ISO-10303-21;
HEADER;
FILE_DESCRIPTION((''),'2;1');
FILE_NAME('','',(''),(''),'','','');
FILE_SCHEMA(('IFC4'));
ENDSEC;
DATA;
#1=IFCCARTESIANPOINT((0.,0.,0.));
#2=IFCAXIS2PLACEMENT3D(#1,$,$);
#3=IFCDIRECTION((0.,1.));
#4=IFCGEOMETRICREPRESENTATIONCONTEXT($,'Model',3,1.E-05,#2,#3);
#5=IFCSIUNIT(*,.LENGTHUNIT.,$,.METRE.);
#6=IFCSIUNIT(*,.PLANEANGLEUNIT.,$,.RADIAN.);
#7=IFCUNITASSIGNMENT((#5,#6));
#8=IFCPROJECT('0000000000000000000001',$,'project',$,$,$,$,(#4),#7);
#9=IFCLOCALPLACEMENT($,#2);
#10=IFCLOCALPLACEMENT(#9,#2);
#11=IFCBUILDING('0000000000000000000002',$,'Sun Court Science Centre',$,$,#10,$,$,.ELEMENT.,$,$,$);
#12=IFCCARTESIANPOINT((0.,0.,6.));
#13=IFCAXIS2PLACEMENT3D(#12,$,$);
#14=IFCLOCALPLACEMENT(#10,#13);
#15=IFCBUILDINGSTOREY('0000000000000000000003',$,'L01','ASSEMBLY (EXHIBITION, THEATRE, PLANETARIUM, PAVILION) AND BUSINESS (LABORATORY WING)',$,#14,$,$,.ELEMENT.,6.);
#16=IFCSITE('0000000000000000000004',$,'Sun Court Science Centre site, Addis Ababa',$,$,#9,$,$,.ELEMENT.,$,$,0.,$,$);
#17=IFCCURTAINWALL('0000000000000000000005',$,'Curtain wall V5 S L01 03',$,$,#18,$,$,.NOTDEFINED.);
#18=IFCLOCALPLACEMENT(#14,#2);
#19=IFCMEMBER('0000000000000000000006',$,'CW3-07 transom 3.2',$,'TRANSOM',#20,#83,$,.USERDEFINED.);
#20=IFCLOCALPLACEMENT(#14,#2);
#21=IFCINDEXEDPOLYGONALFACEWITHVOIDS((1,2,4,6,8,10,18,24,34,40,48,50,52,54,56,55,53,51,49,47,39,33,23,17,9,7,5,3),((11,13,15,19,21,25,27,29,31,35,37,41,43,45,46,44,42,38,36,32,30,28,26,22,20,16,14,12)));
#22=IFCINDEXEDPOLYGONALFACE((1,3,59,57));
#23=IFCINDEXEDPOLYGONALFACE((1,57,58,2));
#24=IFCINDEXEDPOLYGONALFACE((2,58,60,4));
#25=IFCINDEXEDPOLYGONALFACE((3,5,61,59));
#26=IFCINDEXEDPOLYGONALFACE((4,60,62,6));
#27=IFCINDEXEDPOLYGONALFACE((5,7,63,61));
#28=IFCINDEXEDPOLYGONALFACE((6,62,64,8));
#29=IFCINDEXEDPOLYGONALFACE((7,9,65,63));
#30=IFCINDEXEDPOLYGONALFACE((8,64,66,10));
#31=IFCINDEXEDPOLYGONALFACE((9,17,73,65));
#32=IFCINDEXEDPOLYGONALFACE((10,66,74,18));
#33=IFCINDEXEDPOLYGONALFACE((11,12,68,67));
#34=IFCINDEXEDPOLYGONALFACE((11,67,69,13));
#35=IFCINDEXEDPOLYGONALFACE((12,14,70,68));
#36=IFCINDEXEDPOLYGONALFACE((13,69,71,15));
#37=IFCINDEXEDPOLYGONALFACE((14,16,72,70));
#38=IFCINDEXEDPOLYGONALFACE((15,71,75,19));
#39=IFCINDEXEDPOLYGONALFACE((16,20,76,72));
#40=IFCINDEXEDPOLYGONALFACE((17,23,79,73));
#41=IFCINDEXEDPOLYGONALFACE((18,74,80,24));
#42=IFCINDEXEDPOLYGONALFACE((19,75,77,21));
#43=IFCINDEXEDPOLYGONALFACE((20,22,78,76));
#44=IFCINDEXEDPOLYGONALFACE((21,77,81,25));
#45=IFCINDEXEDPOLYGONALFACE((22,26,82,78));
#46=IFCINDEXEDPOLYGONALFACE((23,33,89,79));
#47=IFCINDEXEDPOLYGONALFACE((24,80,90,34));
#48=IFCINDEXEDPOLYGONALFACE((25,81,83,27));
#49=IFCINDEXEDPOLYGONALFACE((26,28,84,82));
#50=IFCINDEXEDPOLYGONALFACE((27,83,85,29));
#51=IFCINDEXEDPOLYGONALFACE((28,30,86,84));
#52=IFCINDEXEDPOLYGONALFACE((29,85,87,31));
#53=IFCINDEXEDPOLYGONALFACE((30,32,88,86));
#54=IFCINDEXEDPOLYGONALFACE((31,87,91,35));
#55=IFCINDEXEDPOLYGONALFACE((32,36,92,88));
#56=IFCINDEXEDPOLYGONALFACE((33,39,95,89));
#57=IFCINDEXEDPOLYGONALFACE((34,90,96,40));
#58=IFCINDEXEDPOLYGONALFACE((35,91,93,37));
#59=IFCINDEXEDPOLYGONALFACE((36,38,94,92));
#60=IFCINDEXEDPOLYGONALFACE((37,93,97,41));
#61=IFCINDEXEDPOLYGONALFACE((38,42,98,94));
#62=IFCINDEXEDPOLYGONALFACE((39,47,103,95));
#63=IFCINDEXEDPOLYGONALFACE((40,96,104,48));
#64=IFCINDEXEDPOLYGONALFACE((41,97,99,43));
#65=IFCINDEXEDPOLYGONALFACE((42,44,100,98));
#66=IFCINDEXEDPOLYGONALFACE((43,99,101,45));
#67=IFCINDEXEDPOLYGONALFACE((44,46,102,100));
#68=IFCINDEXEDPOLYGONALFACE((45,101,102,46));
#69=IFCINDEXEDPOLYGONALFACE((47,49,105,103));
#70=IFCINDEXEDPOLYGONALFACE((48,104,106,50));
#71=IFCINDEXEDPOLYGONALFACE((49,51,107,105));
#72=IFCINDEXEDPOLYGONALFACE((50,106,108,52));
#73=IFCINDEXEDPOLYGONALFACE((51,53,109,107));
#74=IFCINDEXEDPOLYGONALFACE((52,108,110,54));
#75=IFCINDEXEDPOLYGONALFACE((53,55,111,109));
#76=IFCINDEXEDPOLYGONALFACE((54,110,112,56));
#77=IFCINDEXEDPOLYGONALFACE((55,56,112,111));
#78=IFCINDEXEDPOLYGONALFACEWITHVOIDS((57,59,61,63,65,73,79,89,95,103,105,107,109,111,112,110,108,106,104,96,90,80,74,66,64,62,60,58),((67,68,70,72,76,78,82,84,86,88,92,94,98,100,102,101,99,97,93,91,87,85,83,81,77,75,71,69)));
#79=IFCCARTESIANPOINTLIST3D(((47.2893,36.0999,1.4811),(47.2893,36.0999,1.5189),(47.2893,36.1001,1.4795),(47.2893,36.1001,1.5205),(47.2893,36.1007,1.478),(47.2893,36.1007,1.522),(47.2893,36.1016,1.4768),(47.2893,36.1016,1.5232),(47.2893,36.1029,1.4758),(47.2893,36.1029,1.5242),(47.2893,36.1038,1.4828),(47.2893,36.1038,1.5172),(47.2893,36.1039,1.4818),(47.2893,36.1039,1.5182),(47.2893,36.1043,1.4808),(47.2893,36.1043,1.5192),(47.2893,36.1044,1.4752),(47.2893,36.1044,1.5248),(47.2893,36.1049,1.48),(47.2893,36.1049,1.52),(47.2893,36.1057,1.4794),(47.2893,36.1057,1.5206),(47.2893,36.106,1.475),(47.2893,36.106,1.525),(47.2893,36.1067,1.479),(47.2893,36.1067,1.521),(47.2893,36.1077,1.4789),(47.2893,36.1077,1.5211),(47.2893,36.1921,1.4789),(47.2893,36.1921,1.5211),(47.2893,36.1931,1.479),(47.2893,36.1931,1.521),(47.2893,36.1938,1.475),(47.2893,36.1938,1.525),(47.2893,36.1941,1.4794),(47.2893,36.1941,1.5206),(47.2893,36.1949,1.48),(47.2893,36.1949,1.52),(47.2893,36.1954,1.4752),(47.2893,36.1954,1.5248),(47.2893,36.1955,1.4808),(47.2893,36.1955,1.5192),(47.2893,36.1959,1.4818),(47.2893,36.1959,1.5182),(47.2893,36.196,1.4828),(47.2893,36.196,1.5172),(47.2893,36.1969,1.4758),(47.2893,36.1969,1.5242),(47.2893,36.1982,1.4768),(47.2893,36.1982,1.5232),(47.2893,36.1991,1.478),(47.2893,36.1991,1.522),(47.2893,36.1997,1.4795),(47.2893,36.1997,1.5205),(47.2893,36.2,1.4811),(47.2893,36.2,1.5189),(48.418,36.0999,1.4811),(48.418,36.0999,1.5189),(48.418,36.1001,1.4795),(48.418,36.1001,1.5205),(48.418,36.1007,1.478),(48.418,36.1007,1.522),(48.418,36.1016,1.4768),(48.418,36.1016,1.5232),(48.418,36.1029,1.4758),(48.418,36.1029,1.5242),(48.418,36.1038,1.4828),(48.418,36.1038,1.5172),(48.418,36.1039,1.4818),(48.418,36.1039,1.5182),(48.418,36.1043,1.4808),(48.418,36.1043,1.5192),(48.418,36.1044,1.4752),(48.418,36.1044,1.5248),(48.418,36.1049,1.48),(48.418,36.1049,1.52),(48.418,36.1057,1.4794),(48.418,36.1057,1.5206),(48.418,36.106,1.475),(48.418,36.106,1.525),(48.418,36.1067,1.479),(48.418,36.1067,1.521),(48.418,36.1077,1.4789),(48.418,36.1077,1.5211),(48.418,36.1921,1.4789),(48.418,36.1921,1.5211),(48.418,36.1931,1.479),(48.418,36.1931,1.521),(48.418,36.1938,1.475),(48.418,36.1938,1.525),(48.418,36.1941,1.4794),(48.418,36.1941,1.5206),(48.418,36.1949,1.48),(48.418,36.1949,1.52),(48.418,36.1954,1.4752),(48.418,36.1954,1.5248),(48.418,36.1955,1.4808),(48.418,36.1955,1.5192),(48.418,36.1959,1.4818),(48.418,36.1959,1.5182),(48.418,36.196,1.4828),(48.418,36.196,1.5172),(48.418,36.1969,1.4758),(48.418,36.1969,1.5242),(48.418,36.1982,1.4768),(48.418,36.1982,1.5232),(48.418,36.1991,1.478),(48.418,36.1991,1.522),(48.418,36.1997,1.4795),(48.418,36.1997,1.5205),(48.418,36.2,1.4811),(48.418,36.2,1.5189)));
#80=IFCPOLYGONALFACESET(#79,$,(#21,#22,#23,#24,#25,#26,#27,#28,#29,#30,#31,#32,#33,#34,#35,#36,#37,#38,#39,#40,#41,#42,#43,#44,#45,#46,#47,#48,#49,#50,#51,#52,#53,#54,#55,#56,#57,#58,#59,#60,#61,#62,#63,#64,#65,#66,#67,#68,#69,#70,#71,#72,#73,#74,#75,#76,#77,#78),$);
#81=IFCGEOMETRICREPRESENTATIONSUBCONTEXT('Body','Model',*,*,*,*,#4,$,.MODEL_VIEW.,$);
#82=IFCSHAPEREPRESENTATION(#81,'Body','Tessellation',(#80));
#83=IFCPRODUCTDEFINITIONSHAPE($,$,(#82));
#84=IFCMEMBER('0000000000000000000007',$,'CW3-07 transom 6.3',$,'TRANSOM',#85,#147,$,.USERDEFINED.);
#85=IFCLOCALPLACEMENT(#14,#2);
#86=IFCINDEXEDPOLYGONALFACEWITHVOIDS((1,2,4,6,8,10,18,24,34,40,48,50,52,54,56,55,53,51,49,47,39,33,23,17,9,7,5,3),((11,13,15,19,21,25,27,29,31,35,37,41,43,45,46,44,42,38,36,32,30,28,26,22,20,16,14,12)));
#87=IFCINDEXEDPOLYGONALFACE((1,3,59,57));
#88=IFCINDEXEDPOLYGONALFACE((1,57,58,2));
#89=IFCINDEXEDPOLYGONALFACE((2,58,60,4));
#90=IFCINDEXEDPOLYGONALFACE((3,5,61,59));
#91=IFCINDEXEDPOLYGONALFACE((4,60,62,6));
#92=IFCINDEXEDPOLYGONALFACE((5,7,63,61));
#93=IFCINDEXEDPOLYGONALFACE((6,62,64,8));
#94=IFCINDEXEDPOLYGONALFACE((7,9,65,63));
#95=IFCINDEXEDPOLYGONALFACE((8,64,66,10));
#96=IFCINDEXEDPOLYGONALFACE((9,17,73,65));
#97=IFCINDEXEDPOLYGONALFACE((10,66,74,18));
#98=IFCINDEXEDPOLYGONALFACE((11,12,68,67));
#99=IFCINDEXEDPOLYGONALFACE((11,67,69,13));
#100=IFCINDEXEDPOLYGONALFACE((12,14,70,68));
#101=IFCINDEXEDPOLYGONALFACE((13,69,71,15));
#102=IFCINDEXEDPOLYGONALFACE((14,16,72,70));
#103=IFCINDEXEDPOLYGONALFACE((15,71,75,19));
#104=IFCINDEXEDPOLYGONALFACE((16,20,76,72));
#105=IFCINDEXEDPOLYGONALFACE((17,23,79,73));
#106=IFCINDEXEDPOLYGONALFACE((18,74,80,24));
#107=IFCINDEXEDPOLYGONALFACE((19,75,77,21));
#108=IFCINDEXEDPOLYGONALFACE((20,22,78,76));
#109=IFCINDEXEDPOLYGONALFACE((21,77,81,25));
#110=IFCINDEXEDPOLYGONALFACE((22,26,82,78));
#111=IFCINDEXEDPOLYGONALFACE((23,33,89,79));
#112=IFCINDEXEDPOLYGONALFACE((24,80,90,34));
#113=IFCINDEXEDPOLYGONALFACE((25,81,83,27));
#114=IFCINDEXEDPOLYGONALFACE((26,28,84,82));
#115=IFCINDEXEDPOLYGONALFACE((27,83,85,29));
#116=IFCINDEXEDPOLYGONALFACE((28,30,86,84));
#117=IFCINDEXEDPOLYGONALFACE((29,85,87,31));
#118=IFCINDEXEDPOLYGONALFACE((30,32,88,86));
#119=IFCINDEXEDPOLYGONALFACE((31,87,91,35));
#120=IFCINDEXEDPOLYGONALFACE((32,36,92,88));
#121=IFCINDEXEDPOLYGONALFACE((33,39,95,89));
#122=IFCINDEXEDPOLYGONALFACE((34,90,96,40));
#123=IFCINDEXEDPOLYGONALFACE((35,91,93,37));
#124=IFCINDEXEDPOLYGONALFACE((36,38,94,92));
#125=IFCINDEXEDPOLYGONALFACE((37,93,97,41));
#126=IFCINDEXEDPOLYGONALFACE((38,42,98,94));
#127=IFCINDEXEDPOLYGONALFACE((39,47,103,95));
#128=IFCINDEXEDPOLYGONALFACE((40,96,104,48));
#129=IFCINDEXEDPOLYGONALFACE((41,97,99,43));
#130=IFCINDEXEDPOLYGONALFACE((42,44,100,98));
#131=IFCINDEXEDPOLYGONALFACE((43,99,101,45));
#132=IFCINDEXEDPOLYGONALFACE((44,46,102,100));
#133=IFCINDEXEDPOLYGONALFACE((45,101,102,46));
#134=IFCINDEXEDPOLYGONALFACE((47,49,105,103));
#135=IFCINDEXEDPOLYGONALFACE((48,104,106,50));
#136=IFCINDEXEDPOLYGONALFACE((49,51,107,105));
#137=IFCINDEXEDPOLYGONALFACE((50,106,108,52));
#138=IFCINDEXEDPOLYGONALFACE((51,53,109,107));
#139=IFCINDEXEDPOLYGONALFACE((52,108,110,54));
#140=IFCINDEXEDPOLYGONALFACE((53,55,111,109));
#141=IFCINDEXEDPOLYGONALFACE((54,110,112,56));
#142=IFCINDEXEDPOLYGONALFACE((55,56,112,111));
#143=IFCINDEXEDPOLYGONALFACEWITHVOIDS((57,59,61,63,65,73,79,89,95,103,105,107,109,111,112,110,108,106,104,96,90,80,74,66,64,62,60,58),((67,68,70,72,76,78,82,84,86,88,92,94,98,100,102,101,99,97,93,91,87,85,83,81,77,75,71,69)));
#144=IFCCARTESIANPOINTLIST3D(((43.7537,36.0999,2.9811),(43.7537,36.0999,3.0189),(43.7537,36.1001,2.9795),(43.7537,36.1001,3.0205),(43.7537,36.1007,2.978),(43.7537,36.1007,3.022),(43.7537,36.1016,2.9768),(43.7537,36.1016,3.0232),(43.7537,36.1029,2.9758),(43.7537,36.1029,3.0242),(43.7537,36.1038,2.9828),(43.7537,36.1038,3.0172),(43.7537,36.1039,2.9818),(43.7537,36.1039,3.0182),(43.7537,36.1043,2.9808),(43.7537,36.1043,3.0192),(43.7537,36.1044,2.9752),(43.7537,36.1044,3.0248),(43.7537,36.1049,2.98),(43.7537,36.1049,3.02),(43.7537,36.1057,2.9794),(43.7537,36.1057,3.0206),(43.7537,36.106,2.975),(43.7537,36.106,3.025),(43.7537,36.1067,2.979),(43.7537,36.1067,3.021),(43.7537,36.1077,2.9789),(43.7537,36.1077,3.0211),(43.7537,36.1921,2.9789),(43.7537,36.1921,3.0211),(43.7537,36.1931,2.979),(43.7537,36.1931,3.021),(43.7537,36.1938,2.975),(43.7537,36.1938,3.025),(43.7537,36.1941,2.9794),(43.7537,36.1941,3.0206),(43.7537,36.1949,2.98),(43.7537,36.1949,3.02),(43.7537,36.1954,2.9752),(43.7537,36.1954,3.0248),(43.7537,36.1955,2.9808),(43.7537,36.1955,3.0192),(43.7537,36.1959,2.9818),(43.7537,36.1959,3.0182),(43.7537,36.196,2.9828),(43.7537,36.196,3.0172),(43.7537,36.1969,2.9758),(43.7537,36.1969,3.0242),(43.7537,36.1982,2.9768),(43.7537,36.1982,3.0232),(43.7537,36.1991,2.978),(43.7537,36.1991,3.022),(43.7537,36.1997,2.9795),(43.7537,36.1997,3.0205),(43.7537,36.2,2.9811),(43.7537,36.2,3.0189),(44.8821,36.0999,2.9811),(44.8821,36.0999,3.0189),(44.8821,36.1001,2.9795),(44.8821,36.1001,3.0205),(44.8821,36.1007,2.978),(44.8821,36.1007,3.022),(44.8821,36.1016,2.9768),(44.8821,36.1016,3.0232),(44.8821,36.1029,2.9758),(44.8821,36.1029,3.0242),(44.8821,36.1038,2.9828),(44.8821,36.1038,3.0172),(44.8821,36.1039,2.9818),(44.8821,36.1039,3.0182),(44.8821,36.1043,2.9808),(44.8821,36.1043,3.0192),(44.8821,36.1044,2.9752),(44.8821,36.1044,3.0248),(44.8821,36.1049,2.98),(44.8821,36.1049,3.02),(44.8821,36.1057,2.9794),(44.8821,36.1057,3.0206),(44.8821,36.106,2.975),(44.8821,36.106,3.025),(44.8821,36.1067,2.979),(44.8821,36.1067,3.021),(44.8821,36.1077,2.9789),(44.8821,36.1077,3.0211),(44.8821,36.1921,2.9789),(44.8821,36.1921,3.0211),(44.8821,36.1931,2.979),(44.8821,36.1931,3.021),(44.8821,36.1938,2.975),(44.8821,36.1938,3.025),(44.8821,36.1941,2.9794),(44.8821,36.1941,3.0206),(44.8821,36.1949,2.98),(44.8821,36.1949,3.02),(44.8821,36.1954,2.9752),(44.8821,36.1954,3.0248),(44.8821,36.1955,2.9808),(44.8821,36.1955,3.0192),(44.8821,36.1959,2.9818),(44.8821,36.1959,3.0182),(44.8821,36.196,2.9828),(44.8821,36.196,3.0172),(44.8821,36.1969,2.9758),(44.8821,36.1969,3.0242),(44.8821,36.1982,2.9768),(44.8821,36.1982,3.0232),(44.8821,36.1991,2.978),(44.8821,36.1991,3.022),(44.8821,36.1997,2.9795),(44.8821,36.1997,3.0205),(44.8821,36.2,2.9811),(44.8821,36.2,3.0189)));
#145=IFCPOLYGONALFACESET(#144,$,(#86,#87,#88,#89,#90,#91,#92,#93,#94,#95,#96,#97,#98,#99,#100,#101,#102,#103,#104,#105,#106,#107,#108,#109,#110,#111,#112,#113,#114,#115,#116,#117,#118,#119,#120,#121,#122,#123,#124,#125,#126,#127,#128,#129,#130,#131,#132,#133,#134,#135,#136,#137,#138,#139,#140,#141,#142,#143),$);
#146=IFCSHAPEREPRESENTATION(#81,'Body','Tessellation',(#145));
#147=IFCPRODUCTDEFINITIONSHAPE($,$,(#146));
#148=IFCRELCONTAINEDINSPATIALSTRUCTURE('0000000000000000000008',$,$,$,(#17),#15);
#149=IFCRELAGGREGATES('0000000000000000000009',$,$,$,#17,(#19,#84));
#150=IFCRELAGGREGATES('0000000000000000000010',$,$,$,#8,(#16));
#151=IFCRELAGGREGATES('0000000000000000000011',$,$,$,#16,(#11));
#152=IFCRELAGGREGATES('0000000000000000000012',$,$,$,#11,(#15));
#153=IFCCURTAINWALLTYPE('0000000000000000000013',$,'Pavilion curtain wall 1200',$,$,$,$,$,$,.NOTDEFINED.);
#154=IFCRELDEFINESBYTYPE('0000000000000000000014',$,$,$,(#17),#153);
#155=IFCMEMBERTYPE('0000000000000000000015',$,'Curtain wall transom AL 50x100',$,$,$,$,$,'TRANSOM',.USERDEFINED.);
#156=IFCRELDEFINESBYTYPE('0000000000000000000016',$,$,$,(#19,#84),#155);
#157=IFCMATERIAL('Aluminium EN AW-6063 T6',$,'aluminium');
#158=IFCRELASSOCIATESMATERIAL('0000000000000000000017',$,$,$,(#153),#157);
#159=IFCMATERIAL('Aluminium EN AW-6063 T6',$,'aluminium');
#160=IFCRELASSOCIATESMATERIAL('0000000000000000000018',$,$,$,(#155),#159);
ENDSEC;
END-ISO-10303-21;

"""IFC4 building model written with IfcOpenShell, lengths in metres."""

from ifc_helpers import new_model, si_unit, direction, frame, origin, origin_2d, place, context, subcontext, project, spatial, hollow_rectangle, extrude, material, material_profile, profile_set, type_object, element, aggregate, save


model = new_model("IFC4")

# Units and contexts
model_context = context("Model", 3, precision=1e-05, world=origin(), true_north=direction((0.0, 1.0)))
body_context = subcontext(model_context, "Body", "Model", "MODEL_VIEW")
ifc_project = project(units=[si_unit("LENGTHUNIT", "METRE"), si_unit("PLANEANGLEUNIT", "RADIAN")], contexts=[model_context])

# Site, building, storey
site_placement = place(None, origin())
site = spatial("IfcSite", under=ifc_project, at=site_placement, Name="Sun Court Science Centre site, Addis Ababa", CompositionType="ELEMENT", RefElevation=0.0)
building_placement = place(site_placement, origin())
building = spatial("IfcBuilding", under=site, at=building_placement, Name="Sun Court Science Centre", CompositionType="ELEMENT")
storey_placement = place(building_placement, frame((0.0, 0.0, 6.0)))
storey = spatial("IfcBuildingStorey", under=building, at=storey_placement, Name="L01", Description="ASSEMBLY (EXHIBITION, THEATRE, PLANETARIUM, PAVILION) AND BUSINESS (LABORATORY WING)", CompositionType="ELEMENT", Elevation=6.0)

# Curtain wall
ifc_material_1 = material(Name="Aluminium EN AW-6063 T6", Category="aluminium")
curtain_wall_type_1 = type_object("IfcCurtainWallType", Name="Pavilion curtain wall 1200", PredefinedType="NOTDEFINED", material=ifc_material_1)
curtain_wall_1_placement = place(storey_placement, origin())
curtain_wall_1 = element("IfcCurtainWall", 1, at=curtain_wall_1_placement, inside=storey, type_object=curtain_wall_type_1, Name="Curtain wall V5 S L01 03", PredefinedType="NOTDEFINED")

# Members
ifc_material_2 = material(Name="Aluminium EN AW-6063 T6", Category="aluminium")
ifc_material_profile_1 = material_profile(ifc_material_2, hollow_rectangle(XDim=0.05, YDim=0.1001, WallThickness=0.0039, InnerFilletRadius=0.0039, OuterFilletRadius=0.0061, at=origin_2d()), Name="AL 50x100x4")
ifc_profile_set_1 = profile_set([ifc_material_profile_1], Name="Aluminium EN AW-6063 T6")
member_type_1 = type_object("IfcMemberType", Name="Curtain wall transom AL 50x100", ElementType="TRANSOM", PredefinedType="USERDEFINED", material=ifc_profile_set_1)
member_1_placement = place(storey_placement, frame((48.418, 36.1499, 1.5), z_axis=(-1.0, 0.0, 0.0), x_axis=(0.0, 0.0, 1.0)))
member_1 = element("IfcMember", 2, at=member_1_placement, type_object=member_type_1, Name="CW3-07 transom 3.2", ObjectType="TRANSOM", PredefinedType="USERDEFINED", context=body_context, shape_type="SweptSolid", body=[
    extrude(hollow_rectangle(XDim=0.05, YDim=0.1001, WallThickness=0.0039, InnerFilletRadius=0.0039, OuterFilletRadius=0.0061, at=origin_2d()), origin(), (0.0, 0.0, 1.0), 1.1287),
])
member_2_placement = place(storey_placement, frame((44.8821, 36.1499, 3.0), z_axis=(-1.0, 0.0, 0.0), x_axis=(0.0, 0.0, 1.0)))
member_2 = element("IfcMember", 3, at=member_2_placement, type_object=member_type_1, Name="CW3-07 transom 6.3", ObjectType="TRANSOM", PredefinedType="USERDEFINED", context=body_context, shape_type="SweptSolid", body=[
    extrude(hollow_rectangle(XDim=0.05, YDim=0.1001, WallThickness=0.0039, InnerFilletRadius=0.0039, OuterFilletRadius=0.0061, at=origin_2d()), origin(), (0.0, 0.0, 1.0), 1.1284),
])

aggregate(curtain_wall_1, [member_1, member_2])

save(model, "model.ifc")
